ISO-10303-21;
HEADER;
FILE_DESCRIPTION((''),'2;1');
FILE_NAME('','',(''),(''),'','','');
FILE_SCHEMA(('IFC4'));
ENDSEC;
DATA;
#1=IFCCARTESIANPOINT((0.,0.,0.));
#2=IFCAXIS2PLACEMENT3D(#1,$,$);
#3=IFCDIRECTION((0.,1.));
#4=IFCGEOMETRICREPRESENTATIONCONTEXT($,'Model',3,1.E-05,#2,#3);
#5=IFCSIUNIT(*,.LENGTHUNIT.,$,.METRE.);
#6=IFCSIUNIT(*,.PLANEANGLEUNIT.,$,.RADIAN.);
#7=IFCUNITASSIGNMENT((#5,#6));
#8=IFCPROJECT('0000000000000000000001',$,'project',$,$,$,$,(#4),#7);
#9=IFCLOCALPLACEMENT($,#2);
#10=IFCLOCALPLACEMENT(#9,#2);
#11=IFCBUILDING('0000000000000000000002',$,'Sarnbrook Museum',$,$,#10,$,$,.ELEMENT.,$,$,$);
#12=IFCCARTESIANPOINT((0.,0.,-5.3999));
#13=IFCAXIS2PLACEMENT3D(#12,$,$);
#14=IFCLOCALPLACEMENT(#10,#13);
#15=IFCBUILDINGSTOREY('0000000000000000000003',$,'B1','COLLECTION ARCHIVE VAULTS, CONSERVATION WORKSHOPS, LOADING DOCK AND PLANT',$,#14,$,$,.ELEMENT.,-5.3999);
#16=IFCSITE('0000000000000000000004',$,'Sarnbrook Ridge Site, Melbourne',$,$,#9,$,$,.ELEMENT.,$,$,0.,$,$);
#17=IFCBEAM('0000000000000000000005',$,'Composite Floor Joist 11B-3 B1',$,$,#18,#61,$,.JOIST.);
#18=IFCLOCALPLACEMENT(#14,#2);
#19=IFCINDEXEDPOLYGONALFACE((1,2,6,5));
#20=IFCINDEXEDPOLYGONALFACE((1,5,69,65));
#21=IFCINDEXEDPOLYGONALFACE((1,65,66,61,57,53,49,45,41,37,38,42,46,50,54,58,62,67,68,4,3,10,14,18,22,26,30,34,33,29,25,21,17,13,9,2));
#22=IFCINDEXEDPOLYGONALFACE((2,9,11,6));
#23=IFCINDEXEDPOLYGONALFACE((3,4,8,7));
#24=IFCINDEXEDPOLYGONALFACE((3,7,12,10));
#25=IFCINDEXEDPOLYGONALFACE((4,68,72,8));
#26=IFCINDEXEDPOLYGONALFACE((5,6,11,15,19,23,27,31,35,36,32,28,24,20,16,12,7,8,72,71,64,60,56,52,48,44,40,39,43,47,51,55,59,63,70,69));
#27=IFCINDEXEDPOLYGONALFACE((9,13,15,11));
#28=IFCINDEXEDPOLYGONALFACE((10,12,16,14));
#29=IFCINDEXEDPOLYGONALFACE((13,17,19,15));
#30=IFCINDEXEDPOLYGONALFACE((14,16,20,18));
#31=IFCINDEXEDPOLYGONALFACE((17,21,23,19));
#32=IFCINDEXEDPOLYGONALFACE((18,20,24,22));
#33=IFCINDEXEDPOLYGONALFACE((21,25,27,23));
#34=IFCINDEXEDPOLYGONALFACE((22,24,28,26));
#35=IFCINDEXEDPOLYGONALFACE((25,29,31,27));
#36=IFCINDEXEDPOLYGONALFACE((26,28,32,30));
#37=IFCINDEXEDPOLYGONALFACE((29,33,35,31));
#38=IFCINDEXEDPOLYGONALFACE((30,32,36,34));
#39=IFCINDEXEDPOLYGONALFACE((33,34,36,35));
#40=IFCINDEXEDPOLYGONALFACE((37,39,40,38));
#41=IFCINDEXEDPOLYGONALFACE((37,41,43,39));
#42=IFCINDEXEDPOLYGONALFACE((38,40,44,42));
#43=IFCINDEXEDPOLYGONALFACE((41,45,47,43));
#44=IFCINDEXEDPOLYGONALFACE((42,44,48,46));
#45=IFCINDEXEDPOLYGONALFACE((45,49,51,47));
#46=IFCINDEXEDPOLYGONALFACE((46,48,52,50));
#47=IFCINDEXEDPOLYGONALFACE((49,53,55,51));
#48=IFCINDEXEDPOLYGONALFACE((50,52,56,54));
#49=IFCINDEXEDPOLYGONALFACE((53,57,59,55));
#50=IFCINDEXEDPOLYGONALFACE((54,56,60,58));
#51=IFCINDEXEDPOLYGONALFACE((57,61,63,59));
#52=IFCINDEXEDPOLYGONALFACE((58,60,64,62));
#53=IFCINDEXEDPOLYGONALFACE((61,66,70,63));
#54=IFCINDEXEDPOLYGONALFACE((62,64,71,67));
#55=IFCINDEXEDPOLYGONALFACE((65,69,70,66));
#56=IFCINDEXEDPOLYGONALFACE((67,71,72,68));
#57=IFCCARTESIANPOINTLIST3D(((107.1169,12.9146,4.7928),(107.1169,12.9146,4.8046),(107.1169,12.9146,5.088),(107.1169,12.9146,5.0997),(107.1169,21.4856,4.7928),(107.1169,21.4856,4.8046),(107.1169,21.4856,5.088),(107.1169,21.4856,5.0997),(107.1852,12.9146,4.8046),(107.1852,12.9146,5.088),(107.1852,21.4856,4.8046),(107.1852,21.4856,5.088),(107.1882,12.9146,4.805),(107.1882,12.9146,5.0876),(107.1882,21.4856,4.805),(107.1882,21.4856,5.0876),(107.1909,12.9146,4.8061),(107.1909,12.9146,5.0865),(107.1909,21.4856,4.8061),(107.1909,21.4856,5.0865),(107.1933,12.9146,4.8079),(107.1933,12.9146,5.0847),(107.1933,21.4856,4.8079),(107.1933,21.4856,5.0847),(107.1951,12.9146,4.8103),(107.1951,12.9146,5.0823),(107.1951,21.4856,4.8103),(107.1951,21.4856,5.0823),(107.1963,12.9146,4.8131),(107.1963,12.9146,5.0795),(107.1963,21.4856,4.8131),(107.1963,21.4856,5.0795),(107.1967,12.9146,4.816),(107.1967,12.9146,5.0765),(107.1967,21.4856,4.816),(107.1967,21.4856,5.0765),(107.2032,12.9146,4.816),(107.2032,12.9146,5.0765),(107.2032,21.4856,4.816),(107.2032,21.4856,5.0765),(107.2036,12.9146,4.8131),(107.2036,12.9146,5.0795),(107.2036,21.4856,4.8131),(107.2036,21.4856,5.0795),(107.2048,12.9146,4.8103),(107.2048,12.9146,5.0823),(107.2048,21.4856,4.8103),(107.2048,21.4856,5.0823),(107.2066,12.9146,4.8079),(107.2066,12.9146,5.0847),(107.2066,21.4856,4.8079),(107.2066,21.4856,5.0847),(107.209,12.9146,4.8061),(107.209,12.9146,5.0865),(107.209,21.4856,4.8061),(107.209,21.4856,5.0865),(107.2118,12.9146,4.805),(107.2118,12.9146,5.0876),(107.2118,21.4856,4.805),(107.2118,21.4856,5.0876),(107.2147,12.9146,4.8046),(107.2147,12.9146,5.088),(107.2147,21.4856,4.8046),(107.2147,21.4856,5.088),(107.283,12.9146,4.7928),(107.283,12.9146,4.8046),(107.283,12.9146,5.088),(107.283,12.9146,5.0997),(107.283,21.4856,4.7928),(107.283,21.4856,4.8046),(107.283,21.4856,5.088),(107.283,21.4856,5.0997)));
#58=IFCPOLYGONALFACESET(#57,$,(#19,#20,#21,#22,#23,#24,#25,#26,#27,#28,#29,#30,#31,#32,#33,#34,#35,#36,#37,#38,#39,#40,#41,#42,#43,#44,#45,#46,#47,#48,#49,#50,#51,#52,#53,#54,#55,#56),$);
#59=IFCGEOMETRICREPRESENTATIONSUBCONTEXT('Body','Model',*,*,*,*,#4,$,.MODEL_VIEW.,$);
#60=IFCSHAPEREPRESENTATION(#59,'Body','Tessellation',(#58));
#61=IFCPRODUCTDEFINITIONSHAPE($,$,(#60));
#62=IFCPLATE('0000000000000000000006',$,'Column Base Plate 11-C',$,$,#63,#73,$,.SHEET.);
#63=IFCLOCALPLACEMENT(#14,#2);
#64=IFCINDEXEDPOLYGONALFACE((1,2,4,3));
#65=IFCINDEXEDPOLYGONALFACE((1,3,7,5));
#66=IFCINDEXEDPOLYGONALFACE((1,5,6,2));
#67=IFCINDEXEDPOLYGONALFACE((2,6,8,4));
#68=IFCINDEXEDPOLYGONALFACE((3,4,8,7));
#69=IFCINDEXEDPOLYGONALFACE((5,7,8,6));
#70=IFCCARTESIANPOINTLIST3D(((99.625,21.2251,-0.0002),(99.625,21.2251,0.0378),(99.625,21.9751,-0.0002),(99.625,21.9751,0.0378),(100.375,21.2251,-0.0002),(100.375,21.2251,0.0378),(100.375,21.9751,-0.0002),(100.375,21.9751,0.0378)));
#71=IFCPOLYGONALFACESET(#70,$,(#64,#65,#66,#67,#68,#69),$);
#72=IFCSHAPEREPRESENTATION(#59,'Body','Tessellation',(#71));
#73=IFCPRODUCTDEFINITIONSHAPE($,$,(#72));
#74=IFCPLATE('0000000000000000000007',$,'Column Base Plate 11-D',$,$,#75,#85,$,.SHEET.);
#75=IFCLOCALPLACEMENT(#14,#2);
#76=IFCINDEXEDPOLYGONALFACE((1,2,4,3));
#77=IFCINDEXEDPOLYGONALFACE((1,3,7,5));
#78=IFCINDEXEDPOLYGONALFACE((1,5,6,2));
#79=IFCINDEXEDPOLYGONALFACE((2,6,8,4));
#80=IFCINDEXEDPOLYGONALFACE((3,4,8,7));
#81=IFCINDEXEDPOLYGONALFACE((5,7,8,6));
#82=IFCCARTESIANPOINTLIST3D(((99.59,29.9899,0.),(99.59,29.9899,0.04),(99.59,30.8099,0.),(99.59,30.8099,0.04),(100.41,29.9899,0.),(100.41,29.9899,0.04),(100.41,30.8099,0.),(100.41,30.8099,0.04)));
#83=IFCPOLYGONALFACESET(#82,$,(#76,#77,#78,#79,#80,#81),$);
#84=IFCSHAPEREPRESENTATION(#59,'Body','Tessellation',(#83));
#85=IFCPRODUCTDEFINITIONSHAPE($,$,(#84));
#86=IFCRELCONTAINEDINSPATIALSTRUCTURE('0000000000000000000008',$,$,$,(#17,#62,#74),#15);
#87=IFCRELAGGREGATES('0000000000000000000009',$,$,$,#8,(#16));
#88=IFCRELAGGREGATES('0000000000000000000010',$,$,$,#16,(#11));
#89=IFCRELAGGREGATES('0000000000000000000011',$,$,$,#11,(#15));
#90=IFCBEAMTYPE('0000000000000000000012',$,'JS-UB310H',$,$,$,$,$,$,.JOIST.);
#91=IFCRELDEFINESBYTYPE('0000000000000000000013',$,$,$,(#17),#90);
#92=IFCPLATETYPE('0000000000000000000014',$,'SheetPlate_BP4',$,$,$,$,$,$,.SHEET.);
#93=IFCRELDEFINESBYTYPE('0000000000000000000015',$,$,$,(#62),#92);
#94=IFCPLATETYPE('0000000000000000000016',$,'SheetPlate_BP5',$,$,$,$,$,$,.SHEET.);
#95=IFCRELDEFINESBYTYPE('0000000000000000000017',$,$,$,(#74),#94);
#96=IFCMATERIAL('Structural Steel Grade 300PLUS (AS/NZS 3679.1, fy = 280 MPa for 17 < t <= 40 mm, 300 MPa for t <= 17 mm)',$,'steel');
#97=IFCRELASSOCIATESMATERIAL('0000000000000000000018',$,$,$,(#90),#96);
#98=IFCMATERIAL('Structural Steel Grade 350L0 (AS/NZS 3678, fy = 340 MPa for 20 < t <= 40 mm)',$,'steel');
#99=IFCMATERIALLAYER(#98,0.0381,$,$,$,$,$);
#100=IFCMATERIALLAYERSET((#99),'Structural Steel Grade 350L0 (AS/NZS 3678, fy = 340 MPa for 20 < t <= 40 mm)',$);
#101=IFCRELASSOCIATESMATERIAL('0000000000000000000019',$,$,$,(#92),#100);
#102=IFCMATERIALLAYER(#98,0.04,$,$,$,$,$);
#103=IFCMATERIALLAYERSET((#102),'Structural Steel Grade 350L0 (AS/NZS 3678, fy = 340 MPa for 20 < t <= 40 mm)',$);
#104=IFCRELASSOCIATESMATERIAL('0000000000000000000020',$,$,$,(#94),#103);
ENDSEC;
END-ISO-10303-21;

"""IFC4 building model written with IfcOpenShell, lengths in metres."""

from ifc_helpers import new_model, si_unit, direction, frame, origin, origin_2d, place, context, subcontext, project, spatial, rectangle, i_section, extrude, material, layer, layer_set, material_profile, profile_set, type_object, element, save


model = new_model("IFC4")

# Units and contexts
model_context = context("Model", 3, precision=1e-05, world=origin(), true_north=direction((0.0, 1.0)))
body_context = subcontext(model_context, "Body", "Model", "MODEL_VIEW")
ifc_project = project(units=[si_unit("LENGTHUNIT", "METRE"), si_unit("PLANEANGLEUNIT", "RADIAN")], contexts=[model_context])

# Site, building, storey
site_placement = place(None, origin())
site = spatial("IfcSite", under=ifc_project, at=site_placement, Name="Sarnbrook Ridge Site, Melbourne", CompositionType="ELEMENT", RefElevation=0.0)
building_placement = place(site_placement, origin())
building = spatial("IfcBuilding", under=site, at=building_placement, Name="Sarnbrook Museum", CompositionType="ELEMENT")
storey_placement = place(building_placement, frame((0.0, 0.0, -5.3999)))
storey = spatial("IfcBuildingStorey", under=building, at=storey_placement, Name="B1", Description="COLLECTION ARCHIVE VAULTS, CONSERVATION WORKSHOPS, LOADING DOCK AND PLANT", CompositionType="ELEMENT", Elevation=-5.3999)

# Shared definitions
ifc_material_1 = material(Name="Structural Steel Grade 350L0 (AS/NZS 3678, fy = 340 MPa for 20 < t <= 40 mm)", Category="steel")

# Beam
ifc_material_2 = material(Name="Structural Steel Grade 300PLUS (AS/NZS 3679.1, fy = 280 MPa for 17 < t <= 40 mm, 300 MPa for t <= 17 mm)", Category="steel")
ifc_material_profile_1 = material_profile(ifc_material_2, i_section(OverallWidth=0.166, OverallDepth=0.3069, WebThickness=0.0066, FlangeThickness=0.0117, FilletRadius=0.0115, at=origin_2d()), Name="310UB46.2")
ifc_profile_set_1 = profile_set([ifc_material_profile_1], Name="Structural Steel Grade 300PLUS (AS/NZS 3679.1, fy = 280 MPa for 17 < t <= 40 mm, 300 MPa for t <= 17 mm)")
beam_type_1 = type_object("IfcBeamType", Name="JS-UB310H", PredefinedType="JOIST", material=ifc_profile_set_1)
beam_1_placement = place(storey_placement, frame((107.2, 12.9146, 4.9463), z_axis=(0.0, 1.0, 0.0), x_axis=(-1.0, 0.0, 0.0)))
element("IfcBeam", 1, at=beam_1_placement, inside=storey, type_object=beam_type_1, Name="Composite Floor Joist 11B-3 B1", PredefinedType="JOIST", context=body_context, shape_type="SweptSolid", body=[
    extrude(i_section(OverallWidth=0.166, OverallDepth=0.3069, WebThickness=0.0066, FlangeThickness=0.0117, FilletRadius=0.0115, at=origin_2d()), origin(), (0.0, 0.0, 1.0), 8.571),
])

# Plates
ifc_layer_1 = layer(ifc_material_1, 0.0381)
ifc_layer_set_1 = layer_set([ifc_layer_1], Name="Structural Steel Grade 350L0 (AS/NZS 3678, fy = 340 MPa for 20 < t <= 40 mm)")
plate_type_1 = type_object("IfcPlateType", Name="SheetPlate_BP4", PredefinedType="SHEET", material=ifc_layer_set_1)
plate_1_placement = place(storey_placement, frame((100.0, 21.6001, -0.0002), z_axis=(0.0, 0.0, 1.0), x_axis=(1.0, 0.0, 0.0)))
element("IfcPlate", 2, at=plate_1_placement, inside=storey, type_object=plate_type_1, Name="Column Base Plate 11-C", PredefinedType="SHEET", context=body_context, shape_type="SweptSolid", body=[
    extrude(rectangle(XDim=0.75, YDim=0.75, at=origin_2d()), origin(), (0.0, 0.0, 1.0), 0.0381),
])
ifc_layer_2 = layer(ifc_material_1, 0.04)
ifc_layer_set_2 = layer_set([ifc_layer_2], Name="Structural Steel Grade 350L0 (AS/NZS 3678, fy = 340 MPa for 20 < t <= 40 mm)")
plate_type_2 = type_object("IfcPlateType", Name="SheetPlate_BP5", PredefinedType="SHEET", material=ifc_layer_set_2)
plate_2_placement = place(storey_placement, frame((100.0, 30.3999, 0.0), z_axis=(0.0, 0.0, 1.0), x_axis=(1.0, 0.0, 0.0)))
element("IfcPlate", 3, at=plate_2_placement, inside=storey, type_object=plate_type_2, Name="Column Base Plate 11-D", PredefinedType="SHEET", context=body_context, shape_type="SweptSolid", body=[
    extrude(rectangle(XDim=0.8201, YDim=0.8201, at=origin_2d()), origin(), (0.0, 0.0, 1.0), 0.04),
])

save(model, "model.ifc")
